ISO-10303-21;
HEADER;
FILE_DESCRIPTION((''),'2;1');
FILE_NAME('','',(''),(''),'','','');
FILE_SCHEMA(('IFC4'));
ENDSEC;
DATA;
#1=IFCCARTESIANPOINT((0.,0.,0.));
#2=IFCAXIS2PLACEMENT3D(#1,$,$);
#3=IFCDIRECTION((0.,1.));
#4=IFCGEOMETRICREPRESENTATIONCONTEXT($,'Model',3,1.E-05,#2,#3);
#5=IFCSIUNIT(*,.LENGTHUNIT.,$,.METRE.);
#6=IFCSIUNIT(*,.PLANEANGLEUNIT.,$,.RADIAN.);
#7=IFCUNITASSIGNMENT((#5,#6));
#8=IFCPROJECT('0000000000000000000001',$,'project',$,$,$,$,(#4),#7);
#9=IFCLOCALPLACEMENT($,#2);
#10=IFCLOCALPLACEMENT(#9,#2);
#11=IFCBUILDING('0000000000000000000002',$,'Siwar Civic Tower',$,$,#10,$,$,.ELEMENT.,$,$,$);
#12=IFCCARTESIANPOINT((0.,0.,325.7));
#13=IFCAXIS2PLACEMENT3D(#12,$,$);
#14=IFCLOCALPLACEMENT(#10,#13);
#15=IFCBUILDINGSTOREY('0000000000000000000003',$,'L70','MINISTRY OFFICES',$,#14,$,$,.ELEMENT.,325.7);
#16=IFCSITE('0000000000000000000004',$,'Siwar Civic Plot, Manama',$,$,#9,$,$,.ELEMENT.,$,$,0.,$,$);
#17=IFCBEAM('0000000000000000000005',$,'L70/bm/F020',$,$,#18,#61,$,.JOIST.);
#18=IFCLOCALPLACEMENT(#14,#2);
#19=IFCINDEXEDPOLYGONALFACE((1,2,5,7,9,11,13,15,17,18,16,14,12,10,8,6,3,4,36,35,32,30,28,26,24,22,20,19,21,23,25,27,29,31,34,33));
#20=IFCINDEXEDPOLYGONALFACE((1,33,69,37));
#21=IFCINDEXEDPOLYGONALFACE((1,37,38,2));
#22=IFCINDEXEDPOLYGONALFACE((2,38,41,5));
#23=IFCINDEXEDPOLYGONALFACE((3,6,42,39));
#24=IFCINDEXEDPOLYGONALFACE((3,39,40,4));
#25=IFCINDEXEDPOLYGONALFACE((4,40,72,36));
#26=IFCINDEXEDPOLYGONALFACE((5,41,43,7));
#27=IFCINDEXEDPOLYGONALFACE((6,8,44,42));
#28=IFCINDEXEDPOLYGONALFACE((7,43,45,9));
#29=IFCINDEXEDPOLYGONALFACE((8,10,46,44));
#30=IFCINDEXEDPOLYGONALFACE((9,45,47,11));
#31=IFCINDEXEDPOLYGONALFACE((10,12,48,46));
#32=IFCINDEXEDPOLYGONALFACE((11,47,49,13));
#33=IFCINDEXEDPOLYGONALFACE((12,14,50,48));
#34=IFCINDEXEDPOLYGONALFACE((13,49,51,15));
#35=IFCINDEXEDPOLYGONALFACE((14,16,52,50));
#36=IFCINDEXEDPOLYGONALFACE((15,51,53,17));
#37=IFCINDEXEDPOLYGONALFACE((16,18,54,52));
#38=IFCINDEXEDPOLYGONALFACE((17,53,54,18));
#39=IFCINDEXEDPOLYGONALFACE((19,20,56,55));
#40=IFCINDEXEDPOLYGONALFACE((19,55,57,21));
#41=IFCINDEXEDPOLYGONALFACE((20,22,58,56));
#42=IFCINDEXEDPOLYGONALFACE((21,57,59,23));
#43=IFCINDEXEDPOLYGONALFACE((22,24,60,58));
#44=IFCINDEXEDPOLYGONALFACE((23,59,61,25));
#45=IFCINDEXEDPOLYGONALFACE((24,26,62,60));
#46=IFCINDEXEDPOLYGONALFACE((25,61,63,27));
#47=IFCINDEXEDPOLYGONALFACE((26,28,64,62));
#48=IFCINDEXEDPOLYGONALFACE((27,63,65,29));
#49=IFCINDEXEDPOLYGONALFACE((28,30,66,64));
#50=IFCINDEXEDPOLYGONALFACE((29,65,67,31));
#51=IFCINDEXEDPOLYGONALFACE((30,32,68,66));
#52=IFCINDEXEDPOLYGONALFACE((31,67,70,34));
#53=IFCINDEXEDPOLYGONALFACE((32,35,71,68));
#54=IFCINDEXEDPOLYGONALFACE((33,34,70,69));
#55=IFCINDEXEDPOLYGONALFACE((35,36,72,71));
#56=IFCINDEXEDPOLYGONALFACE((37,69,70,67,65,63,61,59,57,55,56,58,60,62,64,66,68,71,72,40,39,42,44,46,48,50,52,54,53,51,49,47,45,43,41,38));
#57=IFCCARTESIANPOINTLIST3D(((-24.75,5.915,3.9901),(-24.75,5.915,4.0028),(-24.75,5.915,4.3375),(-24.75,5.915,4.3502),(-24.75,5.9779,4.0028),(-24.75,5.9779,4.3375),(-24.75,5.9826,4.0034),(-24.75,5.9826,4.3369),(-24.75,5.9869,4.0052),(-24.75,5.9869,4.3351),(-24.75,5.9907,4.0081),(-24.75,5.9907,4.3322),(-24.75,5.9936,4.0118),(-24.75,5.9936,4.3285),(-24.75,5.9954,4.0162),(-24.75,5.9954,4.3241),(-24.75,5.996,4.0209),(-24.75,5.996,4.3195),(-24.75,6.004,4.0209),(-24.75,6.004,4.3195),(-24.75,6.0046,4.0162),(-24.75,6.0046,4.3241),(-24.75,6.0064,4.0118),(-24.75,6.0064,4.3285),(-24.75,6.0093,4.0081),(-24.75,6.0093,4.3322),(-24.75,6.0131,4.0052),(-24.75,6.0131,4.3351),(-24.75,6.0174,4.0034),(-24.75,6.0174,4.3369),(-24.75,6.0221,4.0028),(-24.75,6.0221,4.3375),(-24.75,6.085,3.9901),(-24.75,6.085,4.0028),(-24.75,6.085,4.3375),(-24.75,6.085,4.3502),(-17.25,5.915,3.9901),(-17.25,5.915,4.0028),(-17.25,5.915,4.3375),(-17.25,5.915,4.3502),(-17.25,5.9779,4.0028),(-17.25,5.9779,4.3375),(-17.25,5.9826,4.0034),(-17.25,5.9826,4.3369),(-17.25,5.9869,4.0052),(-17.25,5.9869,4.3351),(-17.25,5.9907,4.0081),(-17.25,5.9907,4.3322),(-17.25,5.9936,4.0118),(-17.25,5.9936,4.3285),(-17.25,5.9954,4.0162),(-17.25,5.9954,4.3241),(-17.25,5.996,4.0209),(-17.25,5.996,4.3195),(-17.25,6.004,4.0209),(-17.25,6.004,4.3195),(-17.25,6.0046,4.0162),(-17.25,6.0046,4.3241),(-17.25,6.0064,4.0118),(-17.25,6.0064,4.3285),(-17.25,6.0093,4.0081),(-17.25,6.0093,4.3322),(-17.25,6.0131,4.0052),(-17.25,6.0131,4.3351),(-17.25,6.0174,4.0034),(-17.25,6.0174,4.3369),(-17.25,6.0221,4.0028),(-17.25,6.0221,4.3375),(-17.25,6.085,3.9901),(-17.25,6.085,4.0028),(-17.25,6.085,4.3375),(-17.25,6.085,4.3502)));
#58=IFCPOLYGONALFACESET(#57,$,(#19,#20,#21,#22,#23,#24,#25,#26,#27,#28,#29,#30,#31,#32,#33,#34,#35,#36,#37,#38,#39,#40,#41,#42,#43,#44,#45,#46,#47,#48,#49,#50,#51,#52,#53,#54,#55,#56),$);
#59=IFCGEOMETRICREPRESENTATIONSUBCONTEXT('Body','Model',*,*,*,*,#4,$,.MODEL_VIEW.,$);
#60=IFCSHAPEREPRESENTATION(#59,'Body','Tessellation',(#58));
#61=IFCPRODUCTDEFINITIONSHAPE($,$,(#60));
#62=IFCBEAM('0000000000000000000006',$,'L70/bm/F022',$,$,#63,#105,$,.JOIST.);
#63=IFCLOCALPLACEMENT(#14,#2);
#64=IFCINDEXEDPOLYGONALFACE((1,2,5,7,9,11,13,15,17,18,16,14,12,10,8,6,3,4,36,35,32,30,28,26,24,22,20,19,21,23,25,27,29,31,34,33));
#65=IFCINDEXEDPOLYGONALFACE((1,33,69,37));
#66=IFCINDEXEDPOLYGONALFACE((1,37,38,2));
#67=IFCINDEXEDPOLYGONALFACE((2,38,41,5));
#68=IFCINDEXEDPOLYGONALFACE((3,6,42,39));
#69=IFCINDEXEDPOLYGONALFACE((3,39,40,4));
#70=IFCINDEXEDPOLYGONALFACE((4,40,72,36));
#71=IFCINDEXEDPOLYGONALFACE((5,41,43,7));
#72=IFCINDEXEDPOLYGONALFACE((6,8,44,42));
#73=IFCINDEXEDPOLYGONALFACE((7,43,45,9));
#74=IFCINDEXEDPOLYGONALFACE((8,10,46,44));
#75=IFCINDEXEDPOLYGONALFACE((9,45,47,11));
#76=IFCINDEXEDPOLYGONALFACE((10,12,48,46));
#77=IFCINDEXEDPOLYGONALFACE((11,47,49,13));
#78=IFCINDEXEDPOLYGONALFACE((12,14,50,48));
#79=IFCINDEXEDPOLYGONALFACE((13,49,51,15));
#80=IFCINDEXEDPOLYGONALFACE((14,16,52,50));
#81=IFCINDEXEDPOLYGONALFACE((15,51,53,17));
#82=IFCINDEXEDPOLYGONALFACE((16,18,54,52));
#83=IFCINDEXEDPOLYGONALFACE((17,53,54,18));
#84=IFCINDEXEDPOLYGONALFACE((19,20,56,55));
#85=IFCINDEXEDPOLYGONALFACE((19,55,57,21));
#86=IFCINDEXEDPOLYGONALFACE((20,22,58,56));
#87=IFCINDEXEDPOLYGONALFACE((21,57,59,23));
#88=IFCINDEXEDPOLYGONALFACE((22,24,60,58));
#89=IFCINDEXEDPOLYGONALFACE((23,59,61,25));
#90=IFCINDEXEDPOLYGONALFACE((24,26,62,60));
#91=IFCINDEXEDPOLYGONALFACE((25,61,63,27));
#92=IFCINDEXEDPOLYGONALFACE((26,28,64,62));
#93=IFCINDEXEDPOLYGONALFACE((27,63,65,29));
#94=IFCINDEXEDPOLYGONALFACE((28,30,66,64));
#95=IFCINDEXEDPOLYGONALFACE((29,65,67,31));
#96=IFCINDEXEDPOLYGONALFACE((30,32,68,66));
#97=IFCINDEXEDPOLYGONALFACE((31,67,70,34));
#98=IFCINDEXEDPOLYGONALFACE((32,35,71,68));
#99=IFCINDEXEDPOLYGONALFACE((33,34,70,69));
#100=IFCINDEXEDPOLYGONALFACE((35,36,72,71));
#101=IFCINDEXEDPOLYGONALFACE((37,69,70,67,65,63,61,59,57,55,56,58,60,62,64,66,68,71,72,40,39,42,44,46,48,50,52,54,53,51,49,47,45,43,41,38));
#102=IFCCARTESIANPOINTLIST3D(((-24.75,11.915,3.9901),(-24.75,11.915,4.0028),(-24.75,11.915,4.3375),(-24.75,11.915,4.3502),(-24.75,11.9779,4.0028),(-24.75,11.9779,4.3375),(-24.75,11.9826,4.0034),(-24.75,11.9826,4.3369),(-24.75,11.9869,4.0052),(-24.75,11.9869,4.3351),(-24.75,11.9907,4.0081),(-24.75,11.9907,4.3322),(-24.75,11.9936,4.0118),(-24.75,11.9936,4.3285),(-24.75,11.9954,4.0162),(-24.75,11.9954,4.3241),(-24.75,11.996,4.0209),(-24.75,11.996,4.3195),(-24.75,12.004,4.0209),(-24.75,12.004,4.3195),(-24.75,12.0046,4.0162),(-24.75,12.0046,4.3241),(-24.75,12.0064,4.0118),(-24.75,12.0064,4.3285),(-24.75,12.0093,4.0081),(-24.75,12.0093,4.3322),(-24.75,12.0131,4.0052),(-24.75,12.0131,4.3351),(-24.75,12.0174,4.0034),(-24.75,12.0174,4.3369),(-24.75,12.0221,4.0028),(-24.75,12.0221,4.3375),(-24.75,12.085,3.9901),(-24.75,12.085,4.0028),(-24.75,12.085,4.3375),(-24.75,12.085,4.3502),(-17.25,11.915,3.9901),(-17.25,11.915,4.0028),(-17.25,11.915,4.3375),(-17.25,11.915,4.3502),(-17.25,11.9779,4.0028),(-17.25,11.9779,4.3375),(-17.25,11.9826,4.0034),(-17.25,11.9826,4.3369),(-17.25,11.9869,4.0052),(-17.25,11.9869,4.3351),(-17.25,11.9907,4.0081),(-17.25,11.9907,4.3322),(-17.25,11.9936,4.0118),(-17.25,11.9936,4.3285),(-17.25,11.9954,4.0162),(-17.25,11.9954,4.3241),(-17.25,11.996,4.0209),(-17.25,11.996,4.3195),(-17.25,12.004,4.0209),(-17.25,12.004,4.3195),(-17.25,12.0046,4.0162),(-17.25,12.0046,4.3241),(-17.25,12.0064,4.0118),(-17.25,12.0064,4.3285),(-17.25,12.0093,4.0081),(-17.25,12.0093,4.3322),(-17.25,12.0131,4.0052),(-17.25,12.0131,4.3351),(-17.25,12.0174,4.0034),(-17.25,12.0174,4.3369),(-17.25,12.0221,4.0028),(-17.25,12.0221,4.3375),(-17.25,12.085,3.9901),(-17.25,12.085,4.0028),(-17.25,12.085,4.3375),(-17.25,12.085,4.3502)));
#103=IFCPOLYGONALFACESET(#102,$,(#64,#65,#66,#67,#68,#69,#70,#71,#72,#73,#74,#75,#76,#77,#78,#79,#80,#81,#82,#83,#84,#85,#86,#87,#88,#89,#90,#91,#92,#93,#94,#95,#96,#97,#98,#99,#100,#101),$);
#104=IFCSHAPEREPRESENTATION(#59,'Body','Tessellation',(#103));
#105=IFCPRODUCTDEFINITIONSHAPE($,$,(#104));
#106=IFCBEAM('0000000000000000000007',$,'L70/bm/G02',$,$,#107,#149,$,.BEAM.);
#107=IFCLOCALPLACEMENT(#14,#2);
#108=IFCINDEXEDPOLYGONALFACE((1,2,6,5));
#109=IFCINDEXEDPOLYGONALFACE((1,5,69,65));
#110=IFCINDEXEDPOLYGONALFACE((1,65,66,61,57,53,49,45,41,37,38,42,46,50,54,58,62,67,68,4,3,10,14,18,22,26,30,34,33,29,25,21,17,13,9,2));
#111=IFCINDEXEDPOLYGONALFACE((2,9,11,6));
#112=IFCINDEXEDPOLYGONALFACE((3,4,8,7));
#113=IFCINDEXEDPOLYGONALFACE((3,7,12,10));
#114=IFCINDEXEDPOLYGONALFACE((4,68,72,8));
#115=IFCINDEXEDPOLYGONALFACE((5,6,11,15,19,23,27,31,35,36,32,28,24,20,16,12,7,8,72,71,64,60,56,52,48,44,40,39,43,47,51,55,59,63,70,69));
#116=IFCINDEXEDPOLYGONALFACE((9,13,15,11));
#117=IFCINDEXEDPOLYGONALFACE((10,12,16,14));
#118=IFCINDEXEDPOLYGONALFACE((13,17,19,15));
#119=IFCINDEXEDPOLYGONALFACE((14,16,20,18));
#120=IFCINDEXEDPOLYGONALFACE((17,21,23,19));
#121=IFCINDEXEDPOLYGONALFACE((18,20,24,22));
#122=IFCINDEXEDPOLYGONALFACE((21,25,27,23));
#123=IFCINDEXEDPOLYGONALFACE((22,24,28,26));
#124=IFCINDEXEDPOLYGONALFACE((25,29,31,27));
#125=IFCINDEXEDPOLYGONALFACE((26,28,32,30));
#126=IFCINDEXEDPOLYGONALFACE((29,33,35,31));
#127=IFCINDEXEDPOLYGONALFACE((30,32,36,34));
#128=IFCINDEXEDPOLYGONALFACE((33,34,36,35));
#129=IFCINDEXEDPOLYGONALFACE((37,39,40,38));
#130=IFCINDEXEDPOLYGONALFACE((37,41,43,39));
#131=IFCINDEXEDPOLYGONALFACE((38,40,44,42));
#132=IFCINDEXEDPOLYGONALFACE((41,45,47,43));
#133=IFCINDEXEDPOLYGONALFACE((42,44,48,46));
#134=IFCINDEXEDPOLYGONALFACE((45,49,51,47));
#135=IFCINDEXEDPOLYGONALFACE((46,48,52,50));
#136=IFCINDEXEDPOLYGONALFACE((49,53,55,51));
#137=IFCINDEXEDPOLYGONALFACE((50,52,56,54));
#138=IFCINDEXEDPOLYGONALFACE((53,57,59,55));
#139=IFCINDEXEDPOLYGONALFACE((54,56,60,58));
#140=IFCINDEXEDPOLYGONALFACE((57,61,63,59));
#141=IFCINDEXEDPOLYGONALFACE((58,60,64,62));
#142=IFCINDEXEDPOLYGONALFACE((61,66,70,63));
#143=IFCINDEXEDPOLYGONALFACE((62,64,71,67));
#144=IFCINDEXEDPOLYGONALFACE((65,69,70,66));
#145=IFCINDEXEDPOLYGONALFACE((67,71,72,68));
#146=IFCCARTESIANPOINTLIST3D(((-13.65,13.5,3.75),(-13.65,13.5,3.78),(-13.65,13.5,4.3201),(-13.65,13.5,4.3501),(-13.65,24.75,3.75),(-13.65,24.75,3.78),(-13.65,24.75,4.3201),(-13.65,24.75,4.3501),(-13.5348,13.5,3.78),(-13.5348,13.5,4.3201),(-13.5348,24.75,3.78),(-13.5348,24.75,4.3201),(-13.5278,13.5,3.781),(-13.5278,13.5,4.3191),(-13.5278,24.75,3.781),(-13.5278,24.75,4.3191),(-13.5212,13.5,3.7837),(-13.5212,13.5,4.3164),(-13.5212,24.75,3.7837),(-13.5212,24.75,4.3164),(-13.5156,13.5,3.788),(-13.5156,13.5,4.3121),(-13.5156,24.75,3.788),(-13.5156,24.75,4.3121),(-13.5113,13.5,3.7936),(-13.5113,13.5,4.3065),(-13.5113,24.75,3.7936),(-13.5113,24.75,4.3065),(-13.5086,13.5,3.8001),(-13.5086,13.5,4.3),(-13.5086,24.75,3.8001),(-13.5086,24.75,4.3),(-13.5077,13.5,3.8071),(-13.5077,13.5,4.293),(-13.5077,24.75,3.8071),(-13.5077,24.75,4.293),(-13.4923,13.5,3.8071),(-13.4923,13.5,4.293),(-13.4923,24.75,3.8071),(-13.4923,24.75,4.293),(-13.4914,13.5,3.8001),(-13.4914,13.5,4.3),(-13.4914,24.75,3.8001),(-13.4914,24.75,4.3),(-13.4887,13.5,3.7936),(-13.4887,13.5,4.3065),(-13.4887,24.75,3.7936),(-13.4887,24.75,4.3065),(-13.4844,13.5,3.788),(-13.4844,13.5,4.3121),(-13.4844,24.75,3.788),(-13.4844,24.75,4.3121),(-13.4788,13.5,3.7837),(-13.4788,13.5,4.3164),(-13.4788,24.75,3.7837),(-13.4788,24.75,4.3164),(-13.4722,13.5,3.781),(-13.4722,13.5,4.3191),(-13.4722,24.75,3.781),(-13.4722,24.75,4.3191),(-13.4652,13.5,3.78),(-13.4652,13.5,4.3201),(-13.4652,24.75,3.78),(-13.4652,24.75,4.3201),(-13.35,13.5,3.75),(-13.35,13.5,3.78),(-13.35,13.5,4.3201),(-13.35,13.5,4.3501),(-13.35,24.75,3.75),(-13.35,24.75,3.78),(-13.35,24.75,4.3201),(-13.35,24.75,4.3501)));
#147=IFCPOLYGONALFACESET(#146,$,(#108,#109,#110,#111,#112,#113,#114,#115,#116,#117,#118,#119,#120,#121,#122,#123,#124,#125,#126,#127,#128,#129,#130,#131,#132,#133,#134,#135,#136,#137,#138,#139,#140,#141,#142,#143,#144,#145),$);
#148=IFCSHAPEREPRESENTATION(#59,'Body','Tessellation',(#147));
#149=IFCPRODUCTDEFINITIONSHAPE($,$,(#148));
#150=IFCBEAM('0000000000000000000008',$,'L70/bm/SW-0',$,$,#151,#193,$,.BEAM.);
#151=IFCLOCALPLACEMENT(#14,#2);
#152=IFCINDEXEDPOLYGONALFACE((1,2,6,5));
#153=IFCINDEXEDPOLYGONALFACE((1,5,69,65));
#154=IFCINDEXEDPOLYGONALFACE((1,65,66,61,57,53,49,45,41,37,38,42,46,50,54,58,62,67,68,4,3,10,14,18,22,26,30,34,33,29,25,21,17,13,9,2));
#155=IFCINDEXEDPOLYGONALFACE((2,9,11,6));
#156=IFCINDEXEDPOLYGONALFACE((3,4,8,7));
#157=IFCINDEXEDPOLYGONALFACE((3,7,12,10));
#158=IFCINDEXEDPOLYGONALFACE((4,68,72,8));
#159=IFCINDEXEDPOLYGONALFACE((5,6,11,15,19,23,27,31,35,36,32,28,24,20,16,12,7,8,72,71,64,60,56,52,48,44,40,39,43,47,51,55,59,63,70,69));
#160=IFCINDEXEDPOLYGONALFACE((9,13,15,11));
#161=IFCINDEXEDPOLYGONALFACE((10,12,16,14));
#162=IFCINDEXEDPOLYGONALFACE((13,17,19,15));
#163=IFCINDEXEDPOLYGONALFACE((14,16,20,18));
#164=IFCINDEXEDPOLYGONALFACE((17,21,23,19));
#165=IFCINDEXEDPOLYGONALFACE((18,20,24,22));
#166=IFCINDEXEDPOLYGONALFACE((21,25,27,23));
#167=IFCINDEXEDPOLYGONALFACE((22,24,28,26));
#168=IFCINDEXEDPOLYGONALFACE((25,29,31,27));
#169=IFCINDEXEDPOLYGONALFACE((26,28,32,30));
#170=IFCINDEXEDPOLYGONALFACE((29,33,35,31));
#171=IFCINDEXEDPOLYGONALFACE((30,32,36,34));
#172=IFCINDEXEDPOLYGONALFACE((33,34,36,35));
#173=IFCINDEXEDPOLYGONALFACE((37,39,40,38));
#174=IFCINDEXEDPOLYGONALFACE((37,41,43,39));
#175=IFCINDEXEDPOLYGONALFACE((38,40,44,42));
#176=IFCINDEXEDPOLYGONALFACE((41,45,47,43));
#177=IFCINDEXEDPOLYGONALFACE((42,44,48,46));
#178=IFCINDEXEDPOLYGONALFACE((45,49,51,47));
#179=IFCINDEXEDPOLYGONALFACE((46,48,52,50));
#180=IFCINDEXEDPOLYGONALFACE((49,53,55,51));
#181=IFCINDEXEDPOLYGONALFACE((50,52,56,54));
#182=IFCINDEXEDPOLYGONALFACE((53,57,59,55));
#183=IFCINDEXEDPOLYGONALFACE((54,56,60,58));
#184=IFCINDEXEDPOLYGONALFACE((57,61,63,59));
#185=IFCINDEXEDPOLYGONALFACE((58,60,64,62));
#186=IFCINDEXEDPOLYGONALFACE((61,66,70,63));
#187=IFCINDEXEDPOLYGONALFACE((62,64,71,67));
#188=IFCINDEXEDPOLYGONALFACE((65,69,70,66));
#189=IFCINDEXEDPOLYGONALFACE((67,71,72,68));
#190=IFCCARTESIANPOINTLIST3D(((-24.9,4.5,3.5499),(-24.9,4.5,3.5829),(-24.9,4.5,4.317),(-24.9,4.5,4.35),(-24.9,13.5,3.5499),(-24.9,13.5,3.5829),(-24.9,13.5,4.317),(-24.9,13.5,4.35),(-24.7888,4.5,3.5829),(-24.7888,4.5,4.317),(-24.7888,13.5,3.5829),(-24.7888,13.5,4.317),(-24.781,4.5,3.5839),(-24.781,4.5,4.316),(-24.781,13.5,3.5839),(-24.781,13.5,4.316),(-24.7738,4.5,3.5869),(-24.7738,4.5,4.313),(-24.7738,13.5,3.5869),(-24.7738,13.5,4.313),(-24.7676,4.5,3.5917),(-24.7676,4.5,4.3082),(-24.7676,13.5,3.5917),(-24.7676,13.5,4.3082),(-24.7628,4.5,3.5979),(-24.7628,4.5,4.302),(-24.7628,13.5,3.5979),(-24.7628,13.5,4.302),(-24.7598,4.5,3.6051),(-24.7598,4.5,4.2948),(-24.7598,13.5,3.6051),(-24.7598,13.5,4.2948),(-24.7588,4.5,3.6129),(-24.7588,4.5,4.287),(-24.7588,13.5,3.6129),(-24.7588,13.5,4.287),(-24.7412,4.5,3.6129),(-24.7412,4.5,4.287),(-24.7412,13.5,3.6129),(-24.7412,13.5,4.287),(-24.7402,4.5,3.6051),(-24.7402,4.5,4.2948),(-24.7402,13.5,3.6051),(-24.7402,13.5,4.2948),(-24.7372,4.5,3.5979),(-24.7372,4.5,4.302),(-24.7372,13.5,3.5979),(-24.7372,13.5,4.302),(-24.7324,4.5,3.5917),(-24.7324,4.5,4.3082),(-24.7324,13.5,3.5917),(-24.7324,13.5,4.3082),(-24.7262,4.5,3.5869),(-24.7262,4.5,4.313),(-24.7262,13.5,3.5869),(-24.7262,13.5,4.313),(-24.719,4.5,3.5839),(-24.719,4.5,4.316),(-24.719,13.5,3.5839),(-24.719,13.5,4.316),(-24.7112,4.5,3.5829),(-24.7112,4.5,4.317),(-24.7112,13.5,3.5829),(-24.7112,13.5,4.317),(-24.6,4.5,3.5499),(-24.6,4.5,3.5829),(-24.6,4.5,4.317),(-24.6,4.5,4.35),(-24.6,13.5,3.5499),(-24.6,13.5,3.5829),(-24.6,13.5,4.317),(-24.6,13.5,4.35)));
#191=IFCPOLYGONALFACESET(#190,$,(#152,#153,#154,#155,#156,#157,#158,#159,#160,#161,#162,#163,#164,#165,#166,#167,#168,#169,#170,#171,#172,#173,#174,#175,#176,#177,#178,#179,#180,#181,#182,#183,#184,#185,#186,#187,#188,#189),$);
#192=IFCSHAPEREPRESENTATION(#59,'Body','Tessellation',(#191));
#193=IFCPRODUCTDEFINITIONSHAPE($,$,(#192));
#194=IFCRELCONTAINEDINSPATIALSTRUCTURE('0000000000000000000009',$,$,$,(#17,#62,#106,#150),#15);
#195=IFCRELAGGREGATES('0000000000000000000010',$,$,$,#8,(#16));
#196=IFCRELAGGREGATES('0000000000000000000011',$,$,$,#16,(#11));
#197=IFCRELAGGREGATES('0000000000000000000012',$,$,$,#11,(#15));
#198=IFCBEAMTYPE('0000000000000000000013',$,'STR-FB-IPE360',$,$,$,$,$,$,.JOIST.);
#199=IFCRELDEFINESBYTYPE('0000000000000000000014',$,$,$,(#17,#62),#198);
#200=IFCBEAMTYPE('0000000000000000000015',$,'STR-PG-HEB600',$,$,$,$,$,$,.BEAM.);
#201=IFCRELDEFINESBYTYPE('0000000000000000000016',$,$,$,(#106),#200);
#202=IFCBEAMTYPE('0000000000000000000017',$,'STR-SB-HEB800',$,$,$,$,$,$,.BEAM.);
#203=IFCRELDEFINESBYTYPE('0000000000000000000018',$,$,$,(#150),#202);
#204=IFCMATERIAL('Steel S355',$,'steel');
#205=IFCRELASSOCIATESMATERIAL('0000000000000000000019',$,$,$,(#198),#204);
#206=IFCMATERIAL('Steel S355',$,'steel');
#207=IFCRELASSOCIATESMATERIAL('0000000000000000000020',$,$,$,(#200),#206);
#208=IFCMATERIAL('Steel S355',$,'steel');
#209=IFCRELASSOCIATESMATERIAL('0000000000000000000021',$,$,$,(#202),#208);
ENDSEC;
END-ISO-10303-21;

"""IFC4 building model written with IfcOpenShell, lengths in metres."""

from ifc_helpers import new_model, si_unit, direction, frame, origin, origin_2d, place, context, subcontext, project, spatial, i_section, extrude, material, material_profile, profile_set, type_object, element, save


model = new_model("IFC4")

# Units and contexts
model_context = context("Model", 3, precision=1e-05, world=origin(), true_north=direction((0.0, 1.0)))
body_context = subcontext(model_context, "Body", "Model", "MODEL_VIEW")
ifc_project = project(units=[si_unit("LENGTHUNIT", "METRE"), si_unit("PLANEANGLEUNIT", "RADIAN")], contexts=[model_context])

# Site, building, storey
site_placement = place(None, origin())
site = spatial("IfcSite", under=ifc_project, at=site_placement, Name="Siwar Civic Plot, Manama", CompositionType="ELEMENT", RefElevation=0.0)
building_placement = place(site_placement, origin())
building = spatial("IfcBuilding", under=site, at=building_placement, Name="Siwar Civic Tower", CompositionType="ELEMENT")
storey_placement = place(building_placement, frame((0.0, 0.0, 325.7)))
storey = spatial("IfcBuildingStorey", under=building, at=storey_placement, Name="L70", Description="MINISTRY OFFICES", CompositionType="ELEMENT", Elevation=325.7)

# Beams
ifc_material_1 = material(Name="Steel S355", Category="steel")
ifc_material_profile_1 = material_profile(ifc_material_1, i_section(OverallWidth=0.1699, OverallDepth=0.3601, WebThickness=0.0081, FlangeThickness=0.0127, FilletRadius=0.0181, at=origin_2d()), Name="IPE360")
ifc_profile_set_1 = profile_set([ifc_material_profile_1], Name="Steel S355")
beam_type_1 = type_object("IfcBeamType", Name="STR-FB-IPE360", PredefinedType="JOIST", material=ifc_profile_set_1)
for number, where, z_axis, x_axis, name in (
    (1, (-24.75, 6.0, 4.1702), (1.0, 0.0, 0.0), (0.0, 1.0, 0.0), "L70/bm/F020"),
    (2, (-24.75, 12.0, 4.1702), (1.0, 0.0, 0.0), (0.0, 1.0, 0.0), "L70/bm/F022"),
):
    element("IfcBeam", number, at=place(storey_placement, frame(where, z_axis=z_axis, x_axis=x_axis)), inside=storey, type_object=beam_type_1, Name=name, PredefinedType="JOIST", context=body_context, shape_type="SweptSolid", body=[
        extrude(i_section(OverallWidth=0.1699, OverallDepth=0.3601, WebThickness=0.0081, FlangeThickness=0.0127, FilletRadius=0.0181, at=origin_2d()), origin(), (0.0, 0.0, 1.0), 7.5),
    ])
ifc_material_2 = material(Name="Steel S355", Category="steel")
ifc_material_profile_2 = material_profile(ifc_material_2, i_section(OverallWidth=0.3, OverallDepth=0.6001, WebThickness=0.0154, FlangeThickness=0.03, FilletRadius=0.0271, at=origin_2d()), Name="HEB600")
ifc_profile_set_2 = profile_set([ifc_material_profile_2], Name="Steel S355")
beam_type_2 = type_object("IfcBeamType", Name="STR-PG-HEB600", PredefinedType="BEAM", material=ifc_profile_set_2)
beam_placement = place(storey_placement, frame((-13.5, 13.5, 4.05), z_axis=(0.0, 1.0, 0.0), x_axis=(-1.0, 0.0, 0.0)))
element("IfcBeam", 3, at=beam_placement, inside=storey, type_object=beam_type_2, Name="L70/bm/G02", PredefinedType="BEAM", context=body_context, shape_type="SweptSolid", body=[
    extrude(i_section(OverallWidth=0.3, OverallDepth=0.6001, WebThickness=0.0154, FlangeThickness=0.03, FilletRadius=0.0271, at=origin_2d()), origin(), (0.0, 0.0, 1.0), 11.25),
])
ifc_material_3 = material(Name="Steel S355", Category="steel")
ifc_material_profile_3 = material_profile(ifc_material_3, i_section(OverallWidth=0.3, OverallDepth=0.8, WebThickness=0.0176, FlangeThickness=0.033, FilletRadius=0.03, at=origin_2d()), Name="HEB800")
ifc_profile_set_3 = profile_set([ifc_material_profile_3], Name="Steel S355")
beam_type_3 = type_object("IfcBeamType", Name="STR-SB-HEB800", PredefinedType="BEAM", material=ifc_profile_set_3)
for number, where, z_axis, x_axis, name in (
    (4, (-24.75, 13.5, 3.95), (0.0, -1.0, 0.0), (1.0, 0.0, 0.0), "L70/bm/SW-0"),
):
    element("IfcBeam", number, at=place(storey_placement, frame(where, z_axis=z_axis, x_axis=x_axis)), inside=storey, type_object=beam_type_3, Name=name, PredefinedType="BEAM", context=body_context, shape_type="SweptSolid", body=[
        extrude(i_section(OverallWidth=0.3, OverallDepth=0.8, WebThickness=0.0176, FlangeThickness=0.033, FilletRadius=0.03, at=origin_2d()), origin(), (0.0, 0.0, 1.0), 9.0),
    ])

save(model, "model.ifc")
